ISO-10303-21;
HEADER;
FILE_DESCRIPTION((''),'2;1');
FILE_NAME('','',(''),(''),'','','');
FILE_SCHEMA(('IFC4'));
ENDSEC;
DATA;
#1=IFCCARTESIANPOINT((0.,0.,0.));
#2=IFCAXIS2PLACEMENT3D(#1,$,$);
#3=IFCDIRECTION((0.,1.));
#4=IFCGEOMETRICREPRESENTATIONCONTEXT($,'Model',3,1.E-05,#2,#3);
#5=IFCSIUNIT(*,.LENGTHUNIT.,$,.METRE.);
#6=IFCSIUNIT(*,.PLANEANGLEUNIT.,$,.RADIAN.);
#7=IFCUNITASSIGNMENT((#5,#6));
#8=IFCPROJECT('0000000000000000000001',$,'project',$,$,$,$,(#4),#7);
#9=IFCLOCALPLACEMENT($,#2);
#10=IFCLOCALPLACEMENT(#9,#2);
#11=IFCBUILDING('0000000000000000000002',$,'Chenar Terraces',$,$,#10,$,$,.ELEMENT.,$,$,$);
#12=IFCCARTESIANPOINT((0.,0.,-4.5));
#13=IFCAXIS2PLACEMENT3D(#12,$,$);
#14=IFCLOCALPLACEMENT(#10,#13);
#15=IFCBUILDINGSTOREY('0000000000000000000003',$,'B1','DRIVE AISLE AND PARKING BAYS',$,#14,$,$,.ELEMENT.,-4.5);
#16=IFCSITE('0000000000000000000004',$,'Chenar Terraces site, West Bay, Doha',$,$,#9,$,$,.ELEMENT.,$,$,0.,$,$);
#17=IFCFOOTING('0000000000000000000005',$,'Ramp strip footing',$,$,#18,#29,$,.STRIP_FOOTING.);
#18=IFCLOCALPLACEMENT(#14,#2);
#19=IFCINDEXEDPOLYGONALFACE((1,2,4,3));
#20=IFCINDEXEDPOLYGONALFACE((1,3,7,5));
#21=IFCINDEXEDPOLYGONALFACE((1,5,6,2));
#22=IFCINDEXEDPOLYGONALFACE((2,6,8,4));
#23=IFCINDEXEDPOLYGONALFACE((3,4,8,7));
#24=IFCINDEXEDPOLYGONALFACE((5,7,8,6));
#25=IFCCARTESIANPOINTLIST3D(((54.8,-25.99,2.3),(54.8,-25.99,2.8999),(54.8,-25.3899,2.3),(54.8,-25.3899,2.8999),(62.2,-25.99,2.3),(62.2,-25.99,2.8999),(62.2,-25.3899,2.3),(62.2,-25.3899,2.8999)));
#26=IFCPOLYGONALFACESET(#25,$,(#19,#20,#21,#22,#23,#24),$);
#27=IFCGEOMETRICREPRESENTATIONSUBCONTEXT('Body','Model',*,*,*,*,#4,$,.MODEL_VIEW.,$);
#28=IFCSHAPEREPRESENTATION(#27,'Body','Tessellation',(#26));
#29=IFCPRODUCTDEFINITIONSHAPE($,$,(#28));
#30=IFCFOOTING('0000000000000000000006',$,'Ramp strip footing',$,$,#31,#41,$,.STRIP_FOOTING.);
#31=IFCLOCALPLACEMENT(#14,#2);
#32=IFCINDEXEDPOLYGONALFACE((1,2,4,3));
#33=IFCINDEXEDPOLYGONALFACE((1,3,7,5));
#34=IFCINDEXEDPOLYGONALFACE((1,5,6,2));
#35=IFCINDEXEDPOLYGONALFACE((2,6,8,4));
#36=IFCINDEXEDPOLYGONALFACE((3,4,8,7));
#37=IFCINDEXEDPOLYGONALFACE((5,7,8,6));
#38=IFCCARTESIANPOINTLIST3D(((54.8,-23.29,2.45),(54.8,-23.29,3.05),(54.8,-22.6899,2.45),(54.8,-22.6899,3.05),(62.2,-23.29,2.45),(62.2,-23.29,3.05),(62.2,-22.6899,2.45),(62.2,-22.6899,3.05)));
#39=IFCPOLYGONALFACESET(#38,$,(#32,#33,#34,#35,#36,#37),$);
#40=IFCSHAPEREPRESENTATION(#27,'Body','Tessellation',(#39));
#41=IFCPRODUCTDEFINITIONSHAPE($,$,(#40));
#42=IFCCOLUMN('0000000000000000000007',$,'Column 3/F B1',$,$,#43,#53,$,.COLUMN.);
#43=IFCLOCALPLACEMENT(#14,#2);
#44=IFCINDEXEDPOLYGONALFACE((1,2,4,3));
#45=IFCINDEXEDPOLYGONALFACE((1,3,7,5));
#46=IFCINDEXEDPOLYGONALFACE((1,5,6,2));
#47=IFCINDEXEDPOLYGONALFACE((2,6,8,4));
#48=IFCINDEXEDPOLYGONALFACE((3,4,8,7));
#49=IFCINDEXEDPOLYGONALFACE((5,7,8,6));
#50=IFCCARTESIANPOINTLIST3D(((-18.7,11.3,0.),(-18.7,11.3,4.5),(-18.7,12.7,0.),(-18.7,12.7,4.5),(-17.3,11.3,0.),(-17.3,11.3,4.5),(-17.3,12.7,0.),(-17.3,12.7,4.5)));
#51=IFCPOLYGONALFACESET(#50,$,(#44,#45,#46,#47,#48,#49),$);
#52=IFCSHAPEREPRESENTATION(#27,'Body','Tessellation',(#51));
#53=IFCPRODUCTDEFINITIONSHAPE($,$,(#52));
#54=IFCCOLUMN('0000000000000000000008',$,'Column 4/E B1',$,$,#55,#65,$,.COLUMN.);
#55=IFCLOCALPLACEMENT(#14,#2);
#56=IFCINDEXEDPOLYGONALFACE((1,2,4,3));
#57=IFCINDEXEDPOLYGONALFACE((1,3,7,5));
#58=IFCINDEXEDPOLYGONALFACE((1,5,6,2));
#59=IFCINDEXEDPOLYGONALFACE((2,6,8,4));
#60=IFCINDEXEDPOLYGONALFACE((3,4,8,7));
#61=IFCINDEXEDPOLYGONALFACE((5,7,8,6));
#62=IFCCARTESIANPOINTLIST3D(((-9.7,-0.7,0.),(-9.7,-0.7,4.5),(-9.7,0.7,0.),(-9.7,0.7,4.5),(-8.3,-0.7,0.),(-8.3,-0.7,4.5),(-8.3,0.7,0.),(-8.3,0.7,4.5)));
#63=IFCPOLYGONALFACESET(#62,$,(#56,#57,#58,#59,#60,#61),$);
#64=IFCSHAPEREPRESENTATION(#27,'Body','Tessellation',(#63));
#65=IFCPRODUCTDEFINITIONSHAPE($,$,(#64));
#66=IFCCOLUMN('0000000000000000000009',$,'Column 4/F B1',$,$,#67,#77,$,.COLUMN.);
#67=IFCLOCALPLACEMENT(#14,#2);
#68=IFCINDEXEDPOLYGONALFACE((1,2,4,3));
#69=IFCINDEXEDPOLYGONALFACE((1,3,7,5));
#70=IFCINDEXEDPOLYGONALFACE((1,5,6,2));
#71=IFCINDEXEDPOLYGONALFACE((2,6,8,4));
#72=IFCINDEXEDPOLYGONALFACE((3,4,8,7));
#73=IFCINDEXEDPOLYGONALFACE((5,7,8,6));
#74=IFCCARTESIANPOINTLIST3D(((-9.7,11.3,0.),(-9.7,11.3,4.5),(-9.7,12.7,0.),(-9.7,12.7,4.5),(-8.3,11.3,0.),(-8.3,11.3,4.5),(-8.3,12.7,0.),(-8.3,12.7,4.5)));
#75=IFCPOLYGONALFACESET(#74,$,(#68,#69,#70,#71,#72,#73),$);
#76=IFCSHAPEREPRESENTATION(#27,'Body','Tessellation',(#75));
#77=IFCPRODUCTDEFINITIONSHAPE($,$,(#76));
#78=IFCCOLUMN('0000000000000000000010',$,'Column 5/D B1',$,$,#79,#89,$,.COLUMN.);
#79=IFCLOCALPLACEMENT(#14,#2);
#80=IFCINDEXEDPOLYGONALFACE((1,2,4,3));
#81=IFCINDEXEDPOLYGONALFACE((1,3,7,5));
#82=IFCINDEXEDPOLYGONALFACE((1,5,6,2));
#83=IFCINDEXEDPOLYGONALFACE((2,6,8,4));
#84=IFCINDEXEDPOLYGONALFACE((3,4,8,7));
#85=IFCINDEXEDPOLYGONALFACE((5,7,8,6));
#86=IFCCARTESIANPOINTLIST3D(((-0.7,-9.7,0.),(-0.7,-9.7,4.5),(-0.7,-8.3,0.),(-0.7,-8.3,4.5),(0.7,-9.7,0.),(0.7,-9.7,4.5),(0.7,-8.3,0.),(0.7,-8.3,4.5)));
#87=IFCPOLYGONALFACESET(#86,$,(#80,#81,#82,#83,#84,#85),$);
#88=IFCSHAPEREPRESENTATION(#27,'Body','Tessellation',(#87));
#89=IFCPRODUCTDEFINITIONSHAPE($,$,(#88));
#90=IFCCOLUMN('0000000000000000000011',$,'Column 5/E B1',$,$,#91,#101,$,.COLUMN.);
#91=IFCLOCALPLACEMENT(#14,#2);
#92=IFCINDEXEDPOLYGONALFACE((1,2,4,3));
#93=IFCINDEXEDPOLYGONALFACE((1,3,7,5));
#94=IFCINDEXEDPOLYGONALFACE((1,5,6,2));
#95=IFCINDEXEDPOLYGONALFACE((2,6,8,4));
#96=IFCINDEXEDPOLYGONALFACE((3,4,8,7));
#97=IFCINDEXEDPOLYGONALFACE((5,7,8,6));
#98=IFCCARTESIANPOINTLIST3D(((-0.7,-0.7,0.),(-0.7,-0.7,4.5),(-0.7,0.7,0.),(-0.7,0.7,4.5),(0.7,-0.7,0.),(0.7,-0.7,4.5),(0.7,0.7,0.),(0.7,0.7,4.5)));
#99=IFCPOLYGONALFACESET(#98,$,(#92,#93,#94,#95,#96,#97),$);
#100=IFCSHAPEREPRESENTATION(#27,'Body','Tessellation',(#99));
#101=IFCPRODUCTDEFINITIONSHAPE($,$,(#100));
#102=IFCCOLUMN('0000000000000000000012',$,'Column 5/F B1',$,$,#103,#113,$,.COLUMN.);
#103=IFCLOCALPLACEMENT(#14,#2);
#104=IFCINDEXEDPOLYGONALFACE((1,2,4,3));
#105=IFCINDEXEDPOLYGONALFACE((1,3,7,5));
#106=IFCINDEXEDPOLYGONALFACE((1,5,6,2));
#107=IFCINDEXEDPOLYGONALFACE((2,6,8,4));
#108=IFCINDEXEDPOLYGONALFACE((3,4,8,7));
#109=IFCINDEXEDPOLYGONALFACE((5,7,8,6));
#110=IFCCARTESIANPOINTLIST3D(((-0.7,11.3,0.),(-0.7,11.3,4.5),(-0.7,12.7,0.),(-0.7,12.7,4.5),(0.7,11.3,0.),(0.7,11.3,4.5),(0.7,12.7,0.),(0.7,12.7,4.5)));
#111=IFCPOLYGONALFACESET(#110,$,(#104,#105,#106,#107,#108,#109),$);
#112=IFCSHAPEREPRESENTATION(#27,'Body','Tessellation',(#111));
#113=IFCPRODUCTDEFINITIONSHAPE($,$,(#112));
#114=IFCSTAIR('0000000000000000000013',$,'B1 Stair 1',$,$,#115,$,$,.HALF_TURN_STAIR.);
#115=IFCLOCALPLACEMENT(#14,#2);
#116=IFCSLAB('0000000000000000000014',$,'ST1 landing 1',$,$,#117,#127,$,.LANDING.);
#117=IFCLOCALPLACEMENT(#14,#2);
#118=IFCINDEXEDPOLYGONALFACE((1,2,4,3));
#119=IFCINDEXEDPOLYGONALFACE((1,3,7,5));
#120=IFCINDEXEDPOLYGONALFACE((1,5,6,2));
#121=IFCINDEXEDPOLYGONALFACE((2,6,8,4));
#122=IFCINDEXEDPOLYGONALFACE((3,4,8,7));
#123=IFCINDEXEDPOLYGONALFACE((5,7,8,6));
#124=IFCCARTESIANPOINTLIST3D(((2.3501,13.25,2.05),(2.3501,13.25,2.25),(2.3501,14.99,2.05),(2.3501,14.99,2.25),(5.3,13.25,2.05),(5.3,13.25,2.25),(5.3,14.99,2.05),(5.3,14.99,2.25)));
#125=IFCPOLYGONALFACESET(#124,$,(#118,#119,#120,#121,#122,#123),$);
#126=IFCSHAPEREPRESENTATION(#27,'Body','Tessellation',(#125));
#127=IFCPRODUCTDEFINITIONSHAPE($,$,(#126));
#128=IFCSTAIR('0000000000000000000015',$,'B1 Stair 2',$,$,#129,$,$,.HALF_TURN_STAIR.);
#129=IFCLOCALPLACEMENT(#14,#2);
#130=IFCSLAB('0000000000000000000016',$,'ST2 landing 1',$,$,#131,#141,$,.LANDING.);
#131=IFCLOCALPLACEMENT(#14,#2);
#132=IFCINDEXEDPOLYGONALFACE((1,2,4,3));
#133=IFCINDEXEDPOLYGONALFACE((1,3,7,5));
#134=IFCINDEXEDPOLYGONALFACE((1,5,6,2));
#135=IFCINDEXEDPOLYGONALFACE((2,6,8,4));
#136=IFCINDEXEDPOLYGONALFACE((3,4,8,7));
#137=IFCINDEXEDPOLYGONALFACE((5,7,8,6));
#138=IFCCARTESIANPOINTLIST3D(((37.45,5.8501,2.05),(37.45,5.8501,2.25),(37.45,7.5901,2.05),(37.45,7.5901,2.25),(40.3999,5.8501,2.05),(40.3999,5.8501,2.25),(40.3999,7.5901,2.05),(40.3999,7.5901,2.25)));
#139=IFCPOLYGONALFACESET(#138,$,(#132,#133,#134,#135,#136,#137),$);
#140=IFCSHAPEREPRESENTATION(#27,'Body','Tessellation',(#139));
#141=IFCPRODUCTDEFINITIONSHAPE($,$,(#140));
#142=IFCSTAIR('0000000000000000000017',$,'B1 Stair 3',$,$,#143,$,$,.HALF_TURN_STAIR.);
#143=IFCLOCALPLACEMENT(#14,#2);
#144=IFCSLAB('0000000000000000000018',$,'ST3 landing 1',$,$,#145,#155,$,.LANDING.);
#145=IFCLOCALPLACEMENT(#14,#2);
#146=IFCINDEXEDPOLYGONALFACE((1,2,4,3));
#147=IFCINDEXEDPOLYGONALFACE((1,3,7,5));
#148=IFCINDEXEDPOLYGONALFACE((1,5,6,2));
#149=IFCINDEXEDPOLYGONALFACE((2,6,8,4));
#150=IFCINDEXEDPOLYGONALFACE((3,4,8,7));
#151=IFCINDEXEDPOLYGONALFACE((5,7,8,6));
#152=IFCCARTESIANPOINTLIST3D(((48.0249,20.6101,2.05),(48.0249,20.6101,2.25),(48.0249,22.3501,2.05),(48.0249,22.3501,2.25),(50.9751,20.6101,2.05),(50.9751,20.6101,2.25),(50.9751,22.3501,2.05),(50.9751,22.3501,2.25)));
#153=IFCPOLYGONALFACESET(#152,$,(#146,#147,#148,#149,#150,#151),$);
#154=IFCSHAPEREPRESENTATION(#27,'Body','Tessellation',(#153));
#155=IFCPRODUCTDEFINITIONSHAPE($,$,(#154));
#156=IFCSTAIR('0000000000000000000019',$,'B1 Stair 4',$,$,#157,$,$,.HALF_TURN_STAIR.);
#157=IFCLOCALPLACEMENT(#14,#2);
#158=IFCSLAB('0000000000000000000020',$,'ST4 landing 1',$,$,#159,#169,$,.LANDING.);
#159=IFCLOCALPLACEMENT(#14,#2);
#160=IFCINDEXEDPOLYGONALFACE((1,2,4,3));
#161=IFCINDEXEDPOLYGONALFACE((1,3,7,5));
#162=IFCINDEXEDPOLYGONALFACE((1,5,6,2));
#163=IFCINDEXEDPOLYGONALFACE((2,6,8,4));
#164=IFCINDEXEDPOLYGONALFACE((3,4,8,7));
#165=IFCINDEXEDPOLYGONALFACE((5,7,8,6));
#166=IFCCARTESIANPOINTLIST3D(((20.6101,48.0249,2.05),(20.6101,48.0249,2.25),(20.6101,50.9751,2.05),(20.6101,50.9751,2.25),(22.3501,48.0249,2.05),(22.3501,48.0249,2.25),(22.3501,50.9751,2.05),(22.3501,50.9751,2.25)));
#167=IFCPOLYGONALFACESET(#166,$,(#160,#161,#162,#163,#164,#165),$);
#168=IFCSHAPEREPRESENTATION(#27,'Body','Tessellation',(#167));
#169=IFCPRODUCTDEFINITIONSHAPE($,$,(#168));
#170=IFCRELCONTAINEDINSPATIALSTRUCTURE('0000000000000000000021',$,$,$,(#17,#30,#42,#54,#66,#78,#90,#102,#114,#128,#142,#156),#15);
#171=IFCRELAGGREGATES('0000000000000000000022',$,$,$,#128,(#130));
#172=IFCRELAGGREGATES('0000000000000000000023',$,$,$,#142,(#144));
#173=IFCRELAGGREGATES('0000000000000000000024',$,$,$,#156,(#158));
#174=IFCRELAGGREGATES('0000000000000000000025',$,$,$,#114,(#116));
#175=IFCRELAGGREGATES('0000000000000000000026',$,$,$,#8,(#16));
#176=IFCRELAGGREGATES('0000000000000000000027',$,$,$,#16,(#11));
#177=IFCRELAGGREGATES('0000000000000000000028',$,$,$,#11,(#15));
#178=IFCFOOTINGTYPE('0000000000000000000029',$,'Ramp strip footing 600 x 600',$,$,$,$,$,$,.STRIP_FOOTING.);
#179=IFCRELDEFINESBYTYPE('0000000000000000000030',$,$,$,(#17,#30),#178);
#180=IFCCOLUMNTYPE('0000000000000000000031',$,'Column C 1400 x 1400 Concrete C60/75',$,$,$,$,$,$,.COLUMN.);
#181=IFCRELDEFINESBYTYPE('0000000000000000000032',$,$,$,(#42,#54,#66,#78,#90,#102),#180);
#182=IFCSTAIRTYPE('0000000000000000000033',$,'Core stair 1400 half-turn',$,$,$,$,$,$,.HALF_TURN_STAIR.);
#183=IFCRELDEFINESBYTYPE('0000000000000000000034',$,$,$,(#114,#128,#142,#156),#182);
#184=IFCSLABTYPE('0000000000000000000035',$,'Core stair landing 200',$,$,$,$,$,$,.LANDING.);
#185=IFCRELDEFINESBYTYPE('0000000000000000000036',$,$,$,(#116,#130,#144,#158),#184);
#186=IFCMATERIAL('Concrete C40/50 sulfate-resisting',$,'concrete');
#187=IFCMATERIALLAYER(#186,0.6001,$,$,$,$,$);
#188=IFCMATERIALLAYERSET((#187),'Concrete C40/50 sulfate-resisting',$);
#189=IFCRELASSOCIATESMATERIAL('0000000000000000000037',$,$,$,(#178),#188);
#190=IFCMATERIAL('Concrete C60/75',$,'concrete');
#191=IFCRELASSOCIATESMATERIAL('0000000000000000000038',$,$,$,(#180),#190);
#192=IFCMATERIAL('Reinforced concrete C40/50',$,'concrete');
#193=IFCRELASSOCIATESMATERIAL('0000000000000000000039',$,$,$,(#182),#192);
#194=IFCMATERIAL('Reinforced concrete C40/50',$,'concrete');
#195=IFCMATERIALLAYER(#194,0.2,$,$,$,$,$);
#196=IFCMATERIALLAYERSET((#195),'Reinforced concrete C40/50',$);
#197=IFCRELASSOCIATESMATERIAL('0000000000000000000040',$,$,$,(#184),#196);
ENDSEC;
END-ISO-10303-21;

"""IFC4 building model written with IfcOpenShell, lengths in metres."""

from ifc_helpers import new_model, si_unit, direction, frame, origin, origin_2d, place, context, subcontext, project, spatial, polyline, rectangle, outline, extrude, material, layer, layer_set, material_profile, profile_set, type_object, element, aggregate, save


model = new_model("IFC4")

# Units and contexts
model_context = context("Model", 3, precision=1e-05, world=origin(), true_north=direction((0.0, 1.0)))
body_context = subcontext(model_context, "Body", "Model", "MODEL_VIEW")
ifc_project = project(units=[si_unit("LENGTHUNIT", "METRE"), si_unit("PLANEANGLEUNIT", "RADIAN")], contexts=[model_context])

# Site, building, storey
site_placement = place(None, origin())
site = spatial("IfcSite", under=ifc_project, at=site_placement, Name="Chenar Terraces site, West Bay, Doha", CompositionType="ELEMENT", RefElevation=0.0)
building_placement = place(site_placement, origin())
building = spatial("IfcBuilding", under=site, at=building_placement, Name="Chenar Terraces", CompositionType="ELEMENT")
storey_placement = place(building_placement, frame((0.0, 0.0, -4.5)))
storey = spatial("IfcBuildingStorey", under=building, at=storey_placement, Name="B1", Description="DRIVE AISLE AND PARKING BAYS", CompositionType="ELEMENT", Elevation=-4.5)

# Footings
ifc_material_1 = material(Name="Concrete C40/50 sulfate-resisting", Category="concrete")
ifc_layer_1 = layer(ifc_material_1, 0.6001)
ifc_layer_set_1 = layer_set([ifc_layer_1], Name="Concrete C40/50 sulfate-resisting")
footing_type = type_object("IfcFootingType", Name="Ramp strip footing 600 x 600", PredefinedType="STRIP_FOOTING", material=ifc_layer_set_1)
footing_1_placement = place(storey_placement, frame((0.0, 0.0, 2.3)))
element("IfcFooting", 1, at=footing_1_placement, inside=storey, type_object=footing_type, Name="Ramp strip footing", PredefinedType="STRIP_FOOTING", context=body_context, shape_type="SweptSolid", body=[
    extrude(outline(polyline([(54.8, -25.99), (62.2, -25.99), (62.2, -25.3899), (54.8, -25.3899), (54.8, -25.99)])), origin(), (0.0, 0.0, 1.0), 0.5999),
])
footing_2_placement = place(storey_placement, frame((0.0, 0.0, 2.45)))
element("IfcFooting", 2, at=footing_2_placement, inside=storey, type_object=footing_type, Name="Ramp strip footing", PredefinedType="STRIP_FOOTING", context=body_context, shape_type="SweptSolid", body=[
    extrude(outline(polyline([(54.8, -23.29), (62.2, -23.29), (62.2, -22.6899), (54.8, -22.6899), (54.8, -23.29)])), origin(), (0.0, 0.0, 1.0), 0.6001),
])

# Columns
ifc_material_2 = material(Name="Concrete C60/75", Category="concrete")
ifc_material_profile = material_profile(ifc_material_2, rectangle(XDim=1.3999, YDim=1.3999, at=origin_2d()), Name="C 1400 x 1400")
ifc_profile_set = profile_set([ifc_material_profile], Name="Concrete C60/75")
column_type = type_object("IfcColumnType", Name="Column C 1400 x 1400 Concrete C60/75", PredefinedType="COLUMN", material=ifc_profile_set)
for number, where, z_axis, x_axis, name in (
    (3, (-18.0, 12.0, 0.0), (0.0, 0.0, 1.0), (1.0, 0.0, 0.0), "Column 3/F B1"),
    (4, (-9.0, 0.0, 0.0), (0.0, 0.0, 1.0), (1.0, 0.0, 0.0), "Column 4/E B1"),
    (5, (-9.0, 12.0, 0.0), (0.0, 0.0, 1.0), (1.0, 0.0, 0.0), "Column 4/F B1"),
    (6, (0.0, -9.0, 0.0), (0.0, 0.0, 1.0), (1.0, 0.0, 0.0), "Column 5/D B1"),
    (7, (0.0, 0.0, 0.0), (0.0, 0.0, 1.0), (1.0, 0.0, 0.0), "Column 5/E B1"),
    (8, (0.0, 12.0, 0.0), (0.0, 0.0, 1.0), (1.0, 0.0, 0.0), "Column 5/F B1"),
):
    element("IfcColumn", number, at=place(storey_placement, frame(where, z_axis=z_axis, x_axis=x_axis)), inside=storey, type_object=column_type, Name=name, PredefinedType="COLUMN", context=body_context, shape_type="SweptSolid", body=[
        extrude(rectangle(XDim=1.3999, YDim=1.3999, at=origin_2d()), origin(), (0.0, 0.0, 1.0), 4.5),
    ])

# Stairs, slabs
ifc_material_3 = material(Name="Reinforced concrete C40/50", Category="concrete")
stair_type = type_object("IfcStairType", Name="Core stair 1400 half-turn", PredefinedType="HALF_TURN_STAIR", material=ifc_material_3)
placement_1 = place(storey_placement, origin())
stair_1 = element("IfcStair", 9, at=placement_1, inside=storey, type_object=stair_type, Name="B1 Stair 1", PredefinedType="HALF_TURN_STAIR")
ifc_material_4 = material(Name="Reinforced concrete C40/50", Category="concrete")
ifc_layer_2 = layer(ifc_material_4, 0.2)
ifc_layer_set_2 = layer_set([ifc_layer_2], Name="Reinforced concrete C40/50")
slab_type_1 = type_object("IfcSlabType", Name="Core stair landing 200", PredefinedType="LANDING", material=ifc_layer_set_2)
placement_2 = place(storey_placement, frame((0.0, 0.0, 2.05)))
slab_1 = element("IfcSlab", 10, at=placement_2, type_object=slab_type_1, Name="ST1 landing 1", PredefinedType="LANDING", context=body_context, shape_type="SweptSolid", body=[
    extrude(outline(polyline([(2.3501, 14.99), (2.3501, 13.25), (5.3, 13.25), (5.3, 14.99), (2.3501, 14.99)])), origin(), (0.0, 0.0, 1.0), 0.2),
])
stair_2 = element("IfcStair", 11, at=placement_1, inside=storey, type_object=stair_type, Name="B1 Stair 2", PredefinedType="HALF_TURN_STAIR")
slab_2 = element("IfcSlab", 12, at=placement_2, type_object=slab_type_1, Name="ST2 landing 1", PredefinedType="LANDING", context=body_context, shape_type="SweptSolid", body=[
    extrude(outline(polyline([(37.45, 7.5901), (37.45, 5.8501), (40.3999, 5.8501), (40.3999, 7.5901), (37.45, 7.5901)])), origin(), (0.0, 0.0, 1.0), 0.2),
])
aggregate(stair_2, [slab_2])
stair_3 = element("IfcStair", 13, at=placement_1, inside=storey, type_object=stair_type, Name="B1 Stair 3", PredefinedType="HALF_TURN_STAIR")
slab_3 = element("IfcSlab", 14, at=placement_2, type_object=slab_type_1, Name="ST3 landing 1", PredefinedType="LANDING", context=body_context, shape_type="SweptSolid", body=[
    extrude(outline(polyline([(50.9751, 20.6101), (50.9751, 22.3501), (48.0249, 22.3501), (48.0249, 20.6101), (50.9751, 20.6101)])), origin(), (0.0, 0.0, 1.0), 0.2),
])
aggregate(stair_3, [slab_3])
stair_4 = element("IfcStair", 15, at=placement_1, inside=storey, type_object=stair_type, Name="B1 Stair 4", PredefinedType="HALF_TURN_STAIR")
slab_4 = element("IfcSlab", 16, at=placement_2, type_object=slab_type_1, Name="ST4 landing 1", PredefinedType="LANDING", context=body_context, shape_type="SweptSolid", body=[
    extrude(outline(polyline([(20.6101, 48.0249), (22.3501, 48.0249), (22.3501, 50.9751), (20.6101, 50.9751), (20.6101, 48.0249)])), origin(), (0.0, 0.0, 1.0), 0.2),
])
aggregate(stair_4, [slab_4])

aggregate(stair_1, [slab_1])

save(model, "model.ifc")
